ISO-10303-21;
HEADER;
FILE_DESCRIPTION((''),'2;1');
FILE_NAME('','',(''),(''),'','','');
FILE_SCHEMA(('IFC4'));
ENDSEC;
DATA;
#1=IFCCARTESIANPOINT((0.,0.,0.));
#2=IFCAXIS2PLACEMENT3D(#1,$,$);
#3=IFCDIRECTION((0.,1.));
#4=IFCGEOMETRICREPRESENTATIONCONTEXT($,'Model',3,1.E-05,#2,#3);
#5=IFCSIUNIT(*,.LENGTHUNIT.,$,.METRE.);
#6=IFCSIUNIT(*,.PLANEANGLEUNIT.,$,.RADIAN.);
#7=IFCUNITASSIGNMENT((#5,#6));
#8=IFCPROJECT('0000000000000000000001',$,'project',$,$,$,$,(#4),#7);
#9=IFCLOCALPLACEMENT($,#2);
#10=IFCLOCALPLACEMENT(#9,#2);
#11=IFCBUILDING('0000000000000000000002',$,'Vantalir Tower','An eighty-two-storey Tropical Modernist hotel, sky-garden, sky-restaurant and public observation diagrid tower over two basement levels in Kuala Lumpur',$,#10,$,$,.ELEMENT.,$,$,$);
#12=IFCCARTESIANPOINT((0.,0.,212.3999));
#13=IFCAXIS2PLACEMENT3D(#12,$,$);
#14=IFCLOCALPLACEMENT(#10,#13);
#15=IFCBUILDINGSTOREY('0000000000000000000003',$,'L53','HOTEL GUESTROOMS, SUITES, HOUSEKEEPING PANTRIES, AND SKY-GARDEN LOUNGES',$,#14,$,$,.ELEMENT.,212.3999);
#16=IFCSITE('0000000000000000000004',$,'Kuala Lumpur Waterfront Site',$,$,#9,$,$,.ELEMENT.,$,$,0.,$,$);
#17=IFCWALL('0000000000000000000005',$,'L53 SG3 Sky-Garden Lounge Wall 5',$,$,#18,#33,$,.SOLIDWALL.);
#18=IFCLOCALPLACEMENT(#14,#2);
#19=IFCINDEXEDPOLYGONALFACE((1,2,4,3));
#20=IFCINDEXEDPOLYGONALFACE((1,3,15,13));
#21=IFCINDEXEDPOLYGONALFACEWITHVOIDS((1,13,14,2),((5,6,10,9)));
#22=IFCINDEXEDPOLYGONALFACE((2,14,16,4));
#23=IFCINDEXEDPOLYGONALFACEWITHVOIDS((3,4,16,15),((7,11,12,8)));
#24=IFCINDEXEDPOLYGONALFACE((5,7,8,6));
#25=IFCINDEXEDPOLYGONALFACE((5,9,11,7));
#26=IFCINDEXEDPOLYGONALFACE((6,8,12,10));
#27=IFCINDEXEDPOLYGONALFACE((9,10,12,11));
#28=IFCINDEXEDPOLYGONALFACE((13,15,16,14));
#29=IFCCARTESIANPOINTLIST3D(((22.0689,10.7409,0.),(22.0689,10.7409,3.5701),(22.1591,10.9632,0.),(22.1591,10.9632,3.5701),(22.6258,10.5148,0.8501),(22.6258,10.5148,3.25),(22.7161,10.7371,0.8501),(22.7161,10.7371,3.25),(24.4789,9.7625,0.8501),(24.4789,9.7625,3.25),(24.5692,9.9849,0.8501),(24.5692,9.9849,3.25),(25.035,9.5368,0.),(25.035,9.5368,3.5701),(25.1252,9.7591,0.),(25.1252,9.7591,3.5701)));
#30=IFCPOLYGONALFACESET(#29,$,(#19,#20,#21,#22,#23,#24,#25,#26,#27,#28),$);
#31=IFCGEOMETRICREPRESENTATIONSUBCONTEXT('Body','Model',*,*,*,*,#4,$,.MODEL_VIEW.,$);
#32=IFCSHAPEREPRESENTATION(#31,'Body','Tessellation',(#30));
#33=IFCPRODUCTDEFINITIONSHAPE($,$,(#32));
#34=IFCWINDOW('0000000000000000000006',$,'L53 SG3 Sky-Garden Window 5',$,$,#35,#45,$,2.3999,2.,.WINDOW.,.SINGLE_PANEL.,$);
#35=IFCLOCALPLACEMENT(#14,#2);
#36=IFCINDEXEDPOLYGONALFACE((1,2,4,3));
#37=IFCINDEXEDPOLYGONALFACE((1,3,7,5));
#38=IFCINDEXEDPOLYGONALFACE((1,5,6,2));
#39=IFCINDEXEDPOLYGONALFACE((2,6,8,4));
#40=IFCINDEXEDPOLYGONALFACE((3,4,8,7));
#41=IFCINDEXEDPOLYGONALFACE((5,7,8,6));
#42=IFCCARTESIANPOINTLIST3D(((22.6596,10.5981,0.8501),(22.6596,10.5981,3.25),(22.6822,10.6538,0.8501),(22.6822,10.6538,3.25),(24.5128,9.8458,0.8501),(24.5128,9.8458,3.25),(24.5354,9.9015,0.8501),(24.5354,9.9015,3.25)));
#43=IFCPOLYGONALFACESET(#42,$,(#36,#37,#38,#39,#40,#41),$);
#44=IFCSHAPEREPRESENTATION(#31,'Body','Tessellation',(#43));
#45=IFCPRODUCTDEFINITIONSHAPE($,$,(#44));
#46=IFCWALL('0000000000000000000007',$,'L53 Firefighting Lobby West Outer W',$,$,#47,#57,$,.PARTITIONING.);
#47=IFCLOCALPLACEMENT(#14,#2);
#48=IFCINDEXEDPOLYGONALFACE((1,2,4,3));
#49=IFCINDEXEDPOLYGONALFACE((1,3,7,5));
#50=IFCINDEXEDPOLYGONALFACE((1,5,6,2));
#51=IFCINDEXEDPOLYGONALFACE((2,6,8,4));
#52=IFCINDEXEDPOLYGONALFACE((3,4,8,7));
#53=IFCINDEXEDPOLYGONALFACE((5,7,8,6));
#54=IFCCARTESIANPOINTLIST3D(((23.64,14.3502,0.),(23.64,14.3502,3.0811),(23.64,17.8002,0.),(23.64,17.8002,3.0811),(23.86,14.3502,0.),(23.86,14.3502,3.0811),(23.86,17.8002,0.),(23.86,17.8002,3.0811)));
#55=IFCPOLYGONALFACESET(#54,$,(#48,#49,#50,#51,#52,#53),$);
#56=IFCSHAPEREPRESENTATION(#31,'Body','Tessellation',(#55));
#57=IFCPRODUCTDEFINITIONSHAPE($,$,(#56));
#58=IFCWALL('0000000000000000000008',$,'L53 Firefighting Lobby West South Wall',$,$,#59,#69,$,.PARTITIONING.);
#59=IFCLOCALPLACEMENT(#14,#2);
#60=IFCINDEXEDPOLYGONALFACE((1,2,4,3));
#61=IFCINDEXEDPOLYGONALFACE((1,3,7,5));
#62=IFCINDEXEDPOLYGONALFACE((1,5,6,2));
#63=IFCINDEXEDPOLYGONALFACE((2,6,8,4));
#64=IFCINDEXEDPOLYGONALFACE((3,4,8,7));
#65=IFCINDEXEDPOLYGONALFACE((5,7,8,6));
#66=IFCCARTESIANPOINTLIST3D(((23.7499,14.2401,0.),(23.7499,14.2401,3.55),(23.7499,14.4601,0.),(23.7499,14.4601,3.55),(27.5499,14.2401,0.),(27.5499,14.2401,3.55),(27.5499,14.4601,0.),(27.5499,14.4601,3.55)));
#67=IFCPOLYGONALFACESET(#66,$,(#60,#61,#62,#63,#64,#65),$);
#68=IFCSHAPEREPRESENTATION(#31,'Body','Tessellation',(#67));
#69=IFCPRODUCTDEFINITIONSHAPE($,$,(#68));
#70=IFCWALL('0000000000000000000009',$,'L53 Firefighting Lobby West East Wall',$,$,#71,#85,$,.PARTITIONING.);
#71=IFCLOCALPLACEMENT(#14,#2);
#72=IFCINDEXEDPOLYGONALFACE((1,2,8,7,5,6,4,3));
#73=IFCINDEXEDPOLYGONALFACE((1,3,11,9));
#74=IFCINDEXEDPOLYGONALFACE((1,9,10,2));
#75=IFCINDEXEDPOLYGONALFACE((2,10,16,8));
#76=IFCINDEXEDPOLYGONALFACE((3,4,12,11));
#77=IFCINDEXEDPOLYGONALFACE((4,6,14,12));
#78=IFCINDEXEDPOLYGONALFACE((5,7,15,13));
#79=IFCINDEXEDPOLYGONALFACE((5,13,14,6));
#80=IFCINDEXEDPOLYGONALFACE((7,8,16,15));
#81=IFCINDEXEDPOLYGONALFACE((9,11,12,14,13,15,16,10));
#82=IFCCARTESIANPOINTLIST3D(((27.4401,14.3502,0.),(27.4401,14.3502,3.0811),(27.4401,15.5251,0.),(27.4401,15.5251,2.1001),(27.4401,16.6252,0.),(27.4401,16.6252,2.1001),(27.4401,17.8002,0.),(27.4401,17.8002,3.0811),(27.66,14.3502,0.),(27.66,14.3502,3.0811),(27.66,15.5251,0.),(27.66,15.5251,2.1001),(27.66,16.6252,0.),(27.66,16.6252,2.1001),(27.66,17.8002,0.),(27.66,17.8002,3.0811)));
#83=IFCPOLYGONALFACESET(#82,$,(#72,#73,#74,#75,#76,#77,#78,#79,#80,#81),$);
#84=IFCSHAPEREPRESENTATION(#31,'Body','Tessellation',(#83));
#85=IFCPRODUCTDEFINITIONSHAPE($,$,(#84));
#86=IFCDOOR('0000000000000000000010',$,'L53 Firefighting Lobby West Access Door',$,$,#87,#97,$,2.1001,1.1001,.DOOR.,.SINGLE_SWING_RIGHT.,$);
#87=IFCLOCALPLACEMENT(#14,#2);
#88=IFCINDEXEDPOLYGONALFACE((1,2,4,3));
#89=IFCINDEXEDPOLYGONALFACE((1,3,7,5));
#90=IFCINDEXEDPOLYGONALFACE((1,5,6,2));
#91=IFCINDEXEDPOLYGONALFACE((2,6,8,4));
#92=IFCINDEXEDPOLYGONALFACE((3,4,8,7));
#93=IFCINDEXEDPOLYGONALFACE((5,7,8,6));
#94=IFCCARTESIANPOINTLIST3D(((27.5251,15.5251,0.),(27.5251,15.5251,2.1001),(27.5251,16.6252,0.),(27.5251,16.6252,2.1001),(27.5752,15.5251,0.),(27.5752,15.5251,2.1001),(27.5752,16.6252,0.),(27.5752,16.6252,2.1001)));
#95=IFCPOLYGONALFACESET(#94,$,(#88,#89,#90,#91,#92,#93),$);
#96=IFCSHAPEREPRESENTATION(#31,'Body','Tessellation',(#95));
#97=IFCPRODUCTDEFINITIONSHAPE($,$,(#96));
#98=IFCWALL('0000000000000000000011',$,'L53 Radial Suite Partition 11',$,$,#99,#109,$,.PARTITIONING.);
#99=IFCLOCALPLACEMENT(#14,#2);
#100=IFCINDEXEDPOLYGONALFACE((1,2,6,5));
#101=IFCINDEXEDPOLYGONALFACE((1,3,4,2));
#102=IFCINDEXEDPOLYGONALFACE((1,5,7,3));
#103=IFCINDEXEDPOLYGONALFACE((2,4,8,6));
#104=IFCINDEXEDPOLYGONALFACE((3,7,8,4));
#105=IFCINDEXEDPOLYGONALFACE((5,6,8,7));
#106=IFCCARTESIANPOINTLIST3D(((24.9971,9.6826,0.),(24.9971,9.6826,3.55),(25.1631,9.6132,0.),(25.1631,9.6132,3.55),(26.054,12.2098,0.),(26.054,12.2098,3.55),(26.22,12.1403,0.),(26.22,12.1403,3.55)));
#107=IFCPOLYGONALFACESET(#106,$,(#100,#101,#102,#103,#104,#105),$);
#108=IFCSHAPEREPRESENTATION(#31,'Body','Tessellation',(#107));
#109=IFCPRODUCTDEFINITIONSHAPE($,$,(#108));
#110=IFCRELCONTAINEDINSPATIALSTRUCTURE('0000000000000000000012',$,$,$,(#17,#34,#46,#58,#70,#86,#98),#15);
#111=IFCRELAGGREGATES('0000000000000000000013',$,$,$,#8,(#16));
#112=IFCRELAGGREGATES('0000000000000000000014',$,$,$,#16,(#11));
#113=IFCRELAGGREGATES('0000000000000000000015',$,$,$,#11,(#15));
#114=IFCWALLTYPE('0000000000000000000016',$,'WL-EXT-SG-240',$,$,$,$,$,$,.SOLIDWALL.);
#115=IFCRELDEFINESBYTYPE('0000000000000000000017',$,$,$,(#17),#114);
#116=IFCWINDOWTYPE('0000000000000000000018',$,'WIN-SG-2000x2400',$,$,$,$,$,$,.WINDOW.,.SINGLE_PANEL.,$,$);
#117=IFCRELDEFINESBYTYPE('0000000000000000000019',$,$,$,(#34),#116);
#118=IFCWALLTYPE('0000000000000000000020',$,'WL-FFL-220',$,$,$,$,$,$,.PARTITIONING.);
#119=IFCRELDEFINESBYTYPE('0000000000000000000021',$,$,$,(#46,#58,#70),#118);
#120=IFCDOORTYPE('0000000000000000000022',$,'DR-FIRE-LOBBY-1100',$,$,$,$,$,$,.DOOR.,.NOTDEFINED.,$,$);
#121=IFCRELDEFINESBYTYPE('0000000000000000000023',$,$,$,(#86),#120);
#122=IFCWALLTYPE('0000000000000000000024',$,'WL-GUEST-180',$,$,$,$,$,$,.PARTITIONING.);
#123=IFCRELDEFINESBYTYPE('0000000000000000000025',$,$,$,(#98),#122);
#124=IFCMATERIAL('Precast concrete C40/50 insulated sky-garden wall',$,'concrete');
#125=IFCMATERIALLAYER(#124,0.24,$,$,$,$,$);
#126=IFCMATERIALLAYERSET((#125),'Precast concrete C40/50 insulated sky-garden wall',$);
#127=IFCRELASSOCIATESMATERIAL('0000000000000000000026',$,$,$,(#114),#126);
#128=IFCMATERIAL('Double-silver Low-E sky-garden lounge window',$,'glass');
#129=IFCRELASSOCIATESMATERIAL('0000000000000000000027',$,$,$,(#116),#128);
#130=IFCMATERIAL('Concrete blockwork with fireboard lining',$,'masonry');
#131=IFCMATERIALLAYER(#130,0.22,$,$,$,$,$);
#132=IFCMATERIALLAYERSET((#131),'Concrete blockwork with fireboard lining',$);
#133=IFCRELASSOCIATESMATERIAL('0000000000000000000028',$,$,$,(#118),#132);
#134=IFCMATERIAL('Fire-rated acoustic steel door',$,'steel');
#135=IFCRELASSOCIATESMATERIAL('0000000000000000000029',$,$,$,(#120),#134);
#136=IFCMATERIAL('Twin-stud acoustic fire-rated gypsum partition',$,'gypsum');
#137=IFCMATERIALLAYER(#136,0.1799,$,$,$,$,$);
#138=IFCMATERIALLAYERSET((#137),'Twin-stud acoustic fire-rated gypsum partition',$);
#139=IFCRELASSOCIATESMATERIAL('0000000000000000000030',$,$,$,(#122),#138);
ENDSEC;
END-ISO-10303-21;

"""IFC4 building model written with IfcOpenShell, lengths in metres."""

from ifc_helpers import new_model, si_unit, direction, frame, frame_2d, origin, place, context, subcontext, project, spatial, rectangle, extrude, material, layer, layer_set, type_object, element, fill, save


model = new_model("IFC4")

# Units and contexts
model_context = context("Model", 3, precision=1e-05, world=origin(), true_north=direction((0.0, 1.0)))
body_context = subcontext(model_context, "Body", "Model", "MODEL_VIEW")
ifc_project = project(units=[si_unit("LENGTHUNIT", "METRE"), si_unit("PLANEANGLEUNIT", "RADIAN")], contexts=[model_context])

# Site, building, storey
site_placement = place(None, origin())
site = spatial("IfcSite", under=ifc_project, at=site_placement, Name="Kuala Lumpur Waterfront Site", CompositionType="ELEMENT", RefElevation=0.0)
building_placement = place(site_placement, origin())
building = spatial("IfcBuilding", under=site, at=building_placement, Name="Vantalir Tower", Description="An eighty-two-storey Tropical Modernist hotel, sky-garden, sky-restaurant and public observation diagrid tower over two basement levels in Kuala Lumpur", CompositionType="ELEMENT")
storey_placement = place(building_placement, frame((0.0, 0.0, 212.3999)))
storey = spatial("IfcBuildingStorey", under=building, at=storey_placement, Name="L53", Description="HOTEL GUESTROOMS, SUITES, HOUSEKEEPING PANTRIES, AND SKY-GARDEN LOUNGES", CompositionType="ELEMENT", Elevation=212.3999)

# Shared definitions
ifc_material_1 = material(Name="Precast concrete C40/50 insulated sky-garden wall", Category="concrete")
ifc_layer_1 = layer(ifc_material_1, 0.24)
ifc_layer_set_1 = layer_set([ifc_layer_1], Name="Precast concrete C40/50 insulated sky-garden wall")
wall_type_1 = type_object("IfcWallType", Name="WL-EXT-SG-240", PredefinedType="SOLIDWALL", material=ifc_layer_set_1)

# Wall, opening, window
wall_1_placement = place(storey_placement, frame((22.114, 10.8521, 0.0), z_axis=(0.0, 0.0, 1.0), x_axis=(0.92656, -0.376146, 0.0)))
wall_1 = element("IfcWall", 1, at=wall_1_placement, inside=storey, type_object=wall_type_1, Name="L53 SG3 Sky-Garden Lounge Wall 5", PredefinedType="SOLIDWALL", context=body_context, shape_type="SweptSolid", body=[
    extrude(rectangle(XDim=3.2012, YDim=0.24, at=frame_2d((1.6006, 0.0))), origin(), (0.0, 0.0, 1.0), 3.5701),
])
opening_1_placement = place(wall_1_placement, frame((0.6011, 0.0, 0.8501)))
opening_1 = element("IfcOpeningElement", 2, at=opening_1_placement, cuts=wall_1, PredefinedType="OPENING", context=body_context, shape_type="SweptSolid", body=[
    extrude(rectangle(XDim=2.0, YDim=2.3999, at=frame_2d((1.0, 1.2))), frame((0.0, 0.1299, 0.0), z_axis=(0.0, -1.0, 0.0), x_axis=(1.0, 0.0, 0.0)), (0.0, 0.0, 1.0), 0.26),
])
ifc_material_2 = material(Name="Double-silver Low-E sky-garden lounge window", Category="glass")
window_type = type_object("IfcWindowType", Name="WIN-SG-2000x2400", PartitioningType="SINGLE_PANEL", PredefinedType="WINDOW", material=ifc_material_2)
window_placement = place(opening_1_placement, origin())
window = element("IfcWindow", 3, at=window_placement, inside=storey, type_object=window_type, Name="L53 SG3 Sky-Garden Window 5", OverallHeight=2.3999, OverallWidth=2.0, PartitioningType="SINGLE_PANEL", PredefinedType="WINDOW", context=body_context, shape_type="SweptSolid", body=[
    extrude(rectangle(XDim=2.0, YDim=2.3999, at=frame_2d((1.0, 1.2))), frame((0.0, 0.03, 0.0), z_axis=(0.0, -1.0, 0.0), x_axis=(1.0, 0.0, 0.0)), (0.0, 0.0, 1.0), 0.0601),
])
fill(opening_1, window)

# Walls
ifc_material_3 = material(Name="Concrete blockwork with fireboard lining", Category="masonry")
ifc_layer_2 = layer(ifc_material_3, 0.22)
ifc_layer_set_2 = layer_set([ifc_layer_2], Name="Concrete blockwork with fireboard lining")
wall_type_2 = type_object("IfcWallType", Name="WL-FFL-220", PredefinedType="PARTITIONING", material=ifc_layer_set_2)
wall_2_placement = place(storey_placement, frame((23.75, 14.3501, 0.0), z_axis=(0.0, 0.0, 1.0), x_axis=(0.0, 1.0, 0.0)))
element("IfcWall", 4, at=wall_2_placement, inside=storey, type_object=wall_type_2, Name="L53 Firefighting Lobby West Outer W", PredefinedType="PARTITIONING", context=body_context, shape_type="SweptSolid", body=[
    extrude(rectangle(XDim=3.45, YDim=0.22, at=frame_2d((1.7251, 0.0))), origin(), (0.0, 0.0, 1.0), 3.0811),
])
wall_3_placement = place(storey_placement, frame((23.75, 14.3501, 0.0), z_axis=(0.0, 0.0, 1.0), x_axis=(1.0, 0.0, 0.0)))
element("IfcWall", 5, at=wall_3_placement, inside=storey, type_object=wall_type_2, Name="L53 Firefighting Lobby West South Wall", PredefinedType="PARTITIONING", context=body_context, shape_type="SweptSolid", body=[
    extrude(rectangle(XDim=3.8, YDim=0.22, at=frame_2d((1.8999, 0.0))), origin(), (0.0, 0.0, 1.0), 3.55),
])

# Wall, opening, door
wall_4_placement = place(storey_placement, frame((27.55, 14.3501, 0.0), z_axis=(0.0, 0.0, 1.0), x_axis=(0.0, 1.0, 0.0)))
wall_4 = element("IfcWall", 6, at=wall_4_placement, inside=storey, type_object=wall_type_2, Name="L53 Firefighting Lobby West East Wall", PredefinedType="PARTITIONING", context=body_context, shape_type="SweptSolid", body=[
    extrude(rectangle(XDim=3.45, YDim=0.22, at=frame_2d((1.7251, 0.0))), origin(), (0.0, 0.0, 1.0), 3.0811),
])
opening_2_placement = place(wall_4_placement, frame((1.175, 0.0, 0.0)))
opening_2 = element("IfcOpeningElement", 7, at=opening_2_placement, cuts=wall_4, PredefinedType="OPENING", context=body_context, shape_type="SweptSolid", body=[
    extrude(rectangle(XDim=1.1001, YDim=2.1001, at=frame_2d((0.55, 1.05))), frame((0.0, 0.1199, 0.0), z_axis=(0.0, -1.0, 0.0), x_axis=(1.0, 0.0, 0.0)), (0.0, 0.0, 1.0), 0.24),
])
ifc_material_4 = material(Name="Fire-rated acoustic steel door", Category="steel")
door_type_1 = type_object("IfcDoorType", Name="DR-FIRE-LOBBY-1100", OperationType="NOTDEFINED", PredefinedType="DOOR", material=ifc_material_4)
door_1_placement = place(opening_2_placement, origin())
door_1 = element("IfcDoor", 8, at=door_1_placement, inside=storey, type_object=door_type_1, Name="L53 Firefighting Lobby West Access Door", OperationType="SINGLE_SWING_RIGHT", OverallHeight=2.1001, OverallWidth=1.1001, PredefinedType="DOOR", context=body_context, shape_type="SweptSolid", body=[
    extrude(rectangle(XDim=1.1001, YDim=2.1001, at=frame_2d((0.55, 1.05))), frame((0.0, 0.0249, 0.0), z_axis=(0.0, -1.0, 0.0), x_axis=(1.0, 0.0, 0.0)), (0.0, 0.0, 1.0), 0.05),
])
fill(opening_2, door_1)

# Wall
ifc_material_5 = material(Name="Twin-stud acoustic fire-rated gypsum partition", Category="gypsum")
ifc_layer_3 = layer(ifc_material_5, 0.1799)
ifc_layer_set_3 = layer_set([ifc_layer_3], Name="Twin-stud acoustic fire-rated gypsum partition")
wall_type_3 = type_object("IfcWallType", Name="WL-GUEST-180", PredefinedType="PARTITIONING", material=ifc_layer_set_3)
wall_5_placement = place(storey_placement, frame((26.137, 12.175, 0.0), z_axis=(0.0, 0.0, 1.0), x_axis=(-0.385836, -0.922567, 0.0)))
element("IfcWall", 9, at=wall_5_placement, inside=storey, type_object=wall_type_3, Name="L53 Radial Suite Partition 11", PredefinedType="PARTITIONING", context=body_context, shape_type="SweptSolid", body=[
    extrude(rectangle(XDim=2.7393, YDim=0.1799, at=frame_2d((1.3696, 0.0))), origin(), (0.0, 0.0, 1.0), 3.55),
])

save(model, "model.ifc")
